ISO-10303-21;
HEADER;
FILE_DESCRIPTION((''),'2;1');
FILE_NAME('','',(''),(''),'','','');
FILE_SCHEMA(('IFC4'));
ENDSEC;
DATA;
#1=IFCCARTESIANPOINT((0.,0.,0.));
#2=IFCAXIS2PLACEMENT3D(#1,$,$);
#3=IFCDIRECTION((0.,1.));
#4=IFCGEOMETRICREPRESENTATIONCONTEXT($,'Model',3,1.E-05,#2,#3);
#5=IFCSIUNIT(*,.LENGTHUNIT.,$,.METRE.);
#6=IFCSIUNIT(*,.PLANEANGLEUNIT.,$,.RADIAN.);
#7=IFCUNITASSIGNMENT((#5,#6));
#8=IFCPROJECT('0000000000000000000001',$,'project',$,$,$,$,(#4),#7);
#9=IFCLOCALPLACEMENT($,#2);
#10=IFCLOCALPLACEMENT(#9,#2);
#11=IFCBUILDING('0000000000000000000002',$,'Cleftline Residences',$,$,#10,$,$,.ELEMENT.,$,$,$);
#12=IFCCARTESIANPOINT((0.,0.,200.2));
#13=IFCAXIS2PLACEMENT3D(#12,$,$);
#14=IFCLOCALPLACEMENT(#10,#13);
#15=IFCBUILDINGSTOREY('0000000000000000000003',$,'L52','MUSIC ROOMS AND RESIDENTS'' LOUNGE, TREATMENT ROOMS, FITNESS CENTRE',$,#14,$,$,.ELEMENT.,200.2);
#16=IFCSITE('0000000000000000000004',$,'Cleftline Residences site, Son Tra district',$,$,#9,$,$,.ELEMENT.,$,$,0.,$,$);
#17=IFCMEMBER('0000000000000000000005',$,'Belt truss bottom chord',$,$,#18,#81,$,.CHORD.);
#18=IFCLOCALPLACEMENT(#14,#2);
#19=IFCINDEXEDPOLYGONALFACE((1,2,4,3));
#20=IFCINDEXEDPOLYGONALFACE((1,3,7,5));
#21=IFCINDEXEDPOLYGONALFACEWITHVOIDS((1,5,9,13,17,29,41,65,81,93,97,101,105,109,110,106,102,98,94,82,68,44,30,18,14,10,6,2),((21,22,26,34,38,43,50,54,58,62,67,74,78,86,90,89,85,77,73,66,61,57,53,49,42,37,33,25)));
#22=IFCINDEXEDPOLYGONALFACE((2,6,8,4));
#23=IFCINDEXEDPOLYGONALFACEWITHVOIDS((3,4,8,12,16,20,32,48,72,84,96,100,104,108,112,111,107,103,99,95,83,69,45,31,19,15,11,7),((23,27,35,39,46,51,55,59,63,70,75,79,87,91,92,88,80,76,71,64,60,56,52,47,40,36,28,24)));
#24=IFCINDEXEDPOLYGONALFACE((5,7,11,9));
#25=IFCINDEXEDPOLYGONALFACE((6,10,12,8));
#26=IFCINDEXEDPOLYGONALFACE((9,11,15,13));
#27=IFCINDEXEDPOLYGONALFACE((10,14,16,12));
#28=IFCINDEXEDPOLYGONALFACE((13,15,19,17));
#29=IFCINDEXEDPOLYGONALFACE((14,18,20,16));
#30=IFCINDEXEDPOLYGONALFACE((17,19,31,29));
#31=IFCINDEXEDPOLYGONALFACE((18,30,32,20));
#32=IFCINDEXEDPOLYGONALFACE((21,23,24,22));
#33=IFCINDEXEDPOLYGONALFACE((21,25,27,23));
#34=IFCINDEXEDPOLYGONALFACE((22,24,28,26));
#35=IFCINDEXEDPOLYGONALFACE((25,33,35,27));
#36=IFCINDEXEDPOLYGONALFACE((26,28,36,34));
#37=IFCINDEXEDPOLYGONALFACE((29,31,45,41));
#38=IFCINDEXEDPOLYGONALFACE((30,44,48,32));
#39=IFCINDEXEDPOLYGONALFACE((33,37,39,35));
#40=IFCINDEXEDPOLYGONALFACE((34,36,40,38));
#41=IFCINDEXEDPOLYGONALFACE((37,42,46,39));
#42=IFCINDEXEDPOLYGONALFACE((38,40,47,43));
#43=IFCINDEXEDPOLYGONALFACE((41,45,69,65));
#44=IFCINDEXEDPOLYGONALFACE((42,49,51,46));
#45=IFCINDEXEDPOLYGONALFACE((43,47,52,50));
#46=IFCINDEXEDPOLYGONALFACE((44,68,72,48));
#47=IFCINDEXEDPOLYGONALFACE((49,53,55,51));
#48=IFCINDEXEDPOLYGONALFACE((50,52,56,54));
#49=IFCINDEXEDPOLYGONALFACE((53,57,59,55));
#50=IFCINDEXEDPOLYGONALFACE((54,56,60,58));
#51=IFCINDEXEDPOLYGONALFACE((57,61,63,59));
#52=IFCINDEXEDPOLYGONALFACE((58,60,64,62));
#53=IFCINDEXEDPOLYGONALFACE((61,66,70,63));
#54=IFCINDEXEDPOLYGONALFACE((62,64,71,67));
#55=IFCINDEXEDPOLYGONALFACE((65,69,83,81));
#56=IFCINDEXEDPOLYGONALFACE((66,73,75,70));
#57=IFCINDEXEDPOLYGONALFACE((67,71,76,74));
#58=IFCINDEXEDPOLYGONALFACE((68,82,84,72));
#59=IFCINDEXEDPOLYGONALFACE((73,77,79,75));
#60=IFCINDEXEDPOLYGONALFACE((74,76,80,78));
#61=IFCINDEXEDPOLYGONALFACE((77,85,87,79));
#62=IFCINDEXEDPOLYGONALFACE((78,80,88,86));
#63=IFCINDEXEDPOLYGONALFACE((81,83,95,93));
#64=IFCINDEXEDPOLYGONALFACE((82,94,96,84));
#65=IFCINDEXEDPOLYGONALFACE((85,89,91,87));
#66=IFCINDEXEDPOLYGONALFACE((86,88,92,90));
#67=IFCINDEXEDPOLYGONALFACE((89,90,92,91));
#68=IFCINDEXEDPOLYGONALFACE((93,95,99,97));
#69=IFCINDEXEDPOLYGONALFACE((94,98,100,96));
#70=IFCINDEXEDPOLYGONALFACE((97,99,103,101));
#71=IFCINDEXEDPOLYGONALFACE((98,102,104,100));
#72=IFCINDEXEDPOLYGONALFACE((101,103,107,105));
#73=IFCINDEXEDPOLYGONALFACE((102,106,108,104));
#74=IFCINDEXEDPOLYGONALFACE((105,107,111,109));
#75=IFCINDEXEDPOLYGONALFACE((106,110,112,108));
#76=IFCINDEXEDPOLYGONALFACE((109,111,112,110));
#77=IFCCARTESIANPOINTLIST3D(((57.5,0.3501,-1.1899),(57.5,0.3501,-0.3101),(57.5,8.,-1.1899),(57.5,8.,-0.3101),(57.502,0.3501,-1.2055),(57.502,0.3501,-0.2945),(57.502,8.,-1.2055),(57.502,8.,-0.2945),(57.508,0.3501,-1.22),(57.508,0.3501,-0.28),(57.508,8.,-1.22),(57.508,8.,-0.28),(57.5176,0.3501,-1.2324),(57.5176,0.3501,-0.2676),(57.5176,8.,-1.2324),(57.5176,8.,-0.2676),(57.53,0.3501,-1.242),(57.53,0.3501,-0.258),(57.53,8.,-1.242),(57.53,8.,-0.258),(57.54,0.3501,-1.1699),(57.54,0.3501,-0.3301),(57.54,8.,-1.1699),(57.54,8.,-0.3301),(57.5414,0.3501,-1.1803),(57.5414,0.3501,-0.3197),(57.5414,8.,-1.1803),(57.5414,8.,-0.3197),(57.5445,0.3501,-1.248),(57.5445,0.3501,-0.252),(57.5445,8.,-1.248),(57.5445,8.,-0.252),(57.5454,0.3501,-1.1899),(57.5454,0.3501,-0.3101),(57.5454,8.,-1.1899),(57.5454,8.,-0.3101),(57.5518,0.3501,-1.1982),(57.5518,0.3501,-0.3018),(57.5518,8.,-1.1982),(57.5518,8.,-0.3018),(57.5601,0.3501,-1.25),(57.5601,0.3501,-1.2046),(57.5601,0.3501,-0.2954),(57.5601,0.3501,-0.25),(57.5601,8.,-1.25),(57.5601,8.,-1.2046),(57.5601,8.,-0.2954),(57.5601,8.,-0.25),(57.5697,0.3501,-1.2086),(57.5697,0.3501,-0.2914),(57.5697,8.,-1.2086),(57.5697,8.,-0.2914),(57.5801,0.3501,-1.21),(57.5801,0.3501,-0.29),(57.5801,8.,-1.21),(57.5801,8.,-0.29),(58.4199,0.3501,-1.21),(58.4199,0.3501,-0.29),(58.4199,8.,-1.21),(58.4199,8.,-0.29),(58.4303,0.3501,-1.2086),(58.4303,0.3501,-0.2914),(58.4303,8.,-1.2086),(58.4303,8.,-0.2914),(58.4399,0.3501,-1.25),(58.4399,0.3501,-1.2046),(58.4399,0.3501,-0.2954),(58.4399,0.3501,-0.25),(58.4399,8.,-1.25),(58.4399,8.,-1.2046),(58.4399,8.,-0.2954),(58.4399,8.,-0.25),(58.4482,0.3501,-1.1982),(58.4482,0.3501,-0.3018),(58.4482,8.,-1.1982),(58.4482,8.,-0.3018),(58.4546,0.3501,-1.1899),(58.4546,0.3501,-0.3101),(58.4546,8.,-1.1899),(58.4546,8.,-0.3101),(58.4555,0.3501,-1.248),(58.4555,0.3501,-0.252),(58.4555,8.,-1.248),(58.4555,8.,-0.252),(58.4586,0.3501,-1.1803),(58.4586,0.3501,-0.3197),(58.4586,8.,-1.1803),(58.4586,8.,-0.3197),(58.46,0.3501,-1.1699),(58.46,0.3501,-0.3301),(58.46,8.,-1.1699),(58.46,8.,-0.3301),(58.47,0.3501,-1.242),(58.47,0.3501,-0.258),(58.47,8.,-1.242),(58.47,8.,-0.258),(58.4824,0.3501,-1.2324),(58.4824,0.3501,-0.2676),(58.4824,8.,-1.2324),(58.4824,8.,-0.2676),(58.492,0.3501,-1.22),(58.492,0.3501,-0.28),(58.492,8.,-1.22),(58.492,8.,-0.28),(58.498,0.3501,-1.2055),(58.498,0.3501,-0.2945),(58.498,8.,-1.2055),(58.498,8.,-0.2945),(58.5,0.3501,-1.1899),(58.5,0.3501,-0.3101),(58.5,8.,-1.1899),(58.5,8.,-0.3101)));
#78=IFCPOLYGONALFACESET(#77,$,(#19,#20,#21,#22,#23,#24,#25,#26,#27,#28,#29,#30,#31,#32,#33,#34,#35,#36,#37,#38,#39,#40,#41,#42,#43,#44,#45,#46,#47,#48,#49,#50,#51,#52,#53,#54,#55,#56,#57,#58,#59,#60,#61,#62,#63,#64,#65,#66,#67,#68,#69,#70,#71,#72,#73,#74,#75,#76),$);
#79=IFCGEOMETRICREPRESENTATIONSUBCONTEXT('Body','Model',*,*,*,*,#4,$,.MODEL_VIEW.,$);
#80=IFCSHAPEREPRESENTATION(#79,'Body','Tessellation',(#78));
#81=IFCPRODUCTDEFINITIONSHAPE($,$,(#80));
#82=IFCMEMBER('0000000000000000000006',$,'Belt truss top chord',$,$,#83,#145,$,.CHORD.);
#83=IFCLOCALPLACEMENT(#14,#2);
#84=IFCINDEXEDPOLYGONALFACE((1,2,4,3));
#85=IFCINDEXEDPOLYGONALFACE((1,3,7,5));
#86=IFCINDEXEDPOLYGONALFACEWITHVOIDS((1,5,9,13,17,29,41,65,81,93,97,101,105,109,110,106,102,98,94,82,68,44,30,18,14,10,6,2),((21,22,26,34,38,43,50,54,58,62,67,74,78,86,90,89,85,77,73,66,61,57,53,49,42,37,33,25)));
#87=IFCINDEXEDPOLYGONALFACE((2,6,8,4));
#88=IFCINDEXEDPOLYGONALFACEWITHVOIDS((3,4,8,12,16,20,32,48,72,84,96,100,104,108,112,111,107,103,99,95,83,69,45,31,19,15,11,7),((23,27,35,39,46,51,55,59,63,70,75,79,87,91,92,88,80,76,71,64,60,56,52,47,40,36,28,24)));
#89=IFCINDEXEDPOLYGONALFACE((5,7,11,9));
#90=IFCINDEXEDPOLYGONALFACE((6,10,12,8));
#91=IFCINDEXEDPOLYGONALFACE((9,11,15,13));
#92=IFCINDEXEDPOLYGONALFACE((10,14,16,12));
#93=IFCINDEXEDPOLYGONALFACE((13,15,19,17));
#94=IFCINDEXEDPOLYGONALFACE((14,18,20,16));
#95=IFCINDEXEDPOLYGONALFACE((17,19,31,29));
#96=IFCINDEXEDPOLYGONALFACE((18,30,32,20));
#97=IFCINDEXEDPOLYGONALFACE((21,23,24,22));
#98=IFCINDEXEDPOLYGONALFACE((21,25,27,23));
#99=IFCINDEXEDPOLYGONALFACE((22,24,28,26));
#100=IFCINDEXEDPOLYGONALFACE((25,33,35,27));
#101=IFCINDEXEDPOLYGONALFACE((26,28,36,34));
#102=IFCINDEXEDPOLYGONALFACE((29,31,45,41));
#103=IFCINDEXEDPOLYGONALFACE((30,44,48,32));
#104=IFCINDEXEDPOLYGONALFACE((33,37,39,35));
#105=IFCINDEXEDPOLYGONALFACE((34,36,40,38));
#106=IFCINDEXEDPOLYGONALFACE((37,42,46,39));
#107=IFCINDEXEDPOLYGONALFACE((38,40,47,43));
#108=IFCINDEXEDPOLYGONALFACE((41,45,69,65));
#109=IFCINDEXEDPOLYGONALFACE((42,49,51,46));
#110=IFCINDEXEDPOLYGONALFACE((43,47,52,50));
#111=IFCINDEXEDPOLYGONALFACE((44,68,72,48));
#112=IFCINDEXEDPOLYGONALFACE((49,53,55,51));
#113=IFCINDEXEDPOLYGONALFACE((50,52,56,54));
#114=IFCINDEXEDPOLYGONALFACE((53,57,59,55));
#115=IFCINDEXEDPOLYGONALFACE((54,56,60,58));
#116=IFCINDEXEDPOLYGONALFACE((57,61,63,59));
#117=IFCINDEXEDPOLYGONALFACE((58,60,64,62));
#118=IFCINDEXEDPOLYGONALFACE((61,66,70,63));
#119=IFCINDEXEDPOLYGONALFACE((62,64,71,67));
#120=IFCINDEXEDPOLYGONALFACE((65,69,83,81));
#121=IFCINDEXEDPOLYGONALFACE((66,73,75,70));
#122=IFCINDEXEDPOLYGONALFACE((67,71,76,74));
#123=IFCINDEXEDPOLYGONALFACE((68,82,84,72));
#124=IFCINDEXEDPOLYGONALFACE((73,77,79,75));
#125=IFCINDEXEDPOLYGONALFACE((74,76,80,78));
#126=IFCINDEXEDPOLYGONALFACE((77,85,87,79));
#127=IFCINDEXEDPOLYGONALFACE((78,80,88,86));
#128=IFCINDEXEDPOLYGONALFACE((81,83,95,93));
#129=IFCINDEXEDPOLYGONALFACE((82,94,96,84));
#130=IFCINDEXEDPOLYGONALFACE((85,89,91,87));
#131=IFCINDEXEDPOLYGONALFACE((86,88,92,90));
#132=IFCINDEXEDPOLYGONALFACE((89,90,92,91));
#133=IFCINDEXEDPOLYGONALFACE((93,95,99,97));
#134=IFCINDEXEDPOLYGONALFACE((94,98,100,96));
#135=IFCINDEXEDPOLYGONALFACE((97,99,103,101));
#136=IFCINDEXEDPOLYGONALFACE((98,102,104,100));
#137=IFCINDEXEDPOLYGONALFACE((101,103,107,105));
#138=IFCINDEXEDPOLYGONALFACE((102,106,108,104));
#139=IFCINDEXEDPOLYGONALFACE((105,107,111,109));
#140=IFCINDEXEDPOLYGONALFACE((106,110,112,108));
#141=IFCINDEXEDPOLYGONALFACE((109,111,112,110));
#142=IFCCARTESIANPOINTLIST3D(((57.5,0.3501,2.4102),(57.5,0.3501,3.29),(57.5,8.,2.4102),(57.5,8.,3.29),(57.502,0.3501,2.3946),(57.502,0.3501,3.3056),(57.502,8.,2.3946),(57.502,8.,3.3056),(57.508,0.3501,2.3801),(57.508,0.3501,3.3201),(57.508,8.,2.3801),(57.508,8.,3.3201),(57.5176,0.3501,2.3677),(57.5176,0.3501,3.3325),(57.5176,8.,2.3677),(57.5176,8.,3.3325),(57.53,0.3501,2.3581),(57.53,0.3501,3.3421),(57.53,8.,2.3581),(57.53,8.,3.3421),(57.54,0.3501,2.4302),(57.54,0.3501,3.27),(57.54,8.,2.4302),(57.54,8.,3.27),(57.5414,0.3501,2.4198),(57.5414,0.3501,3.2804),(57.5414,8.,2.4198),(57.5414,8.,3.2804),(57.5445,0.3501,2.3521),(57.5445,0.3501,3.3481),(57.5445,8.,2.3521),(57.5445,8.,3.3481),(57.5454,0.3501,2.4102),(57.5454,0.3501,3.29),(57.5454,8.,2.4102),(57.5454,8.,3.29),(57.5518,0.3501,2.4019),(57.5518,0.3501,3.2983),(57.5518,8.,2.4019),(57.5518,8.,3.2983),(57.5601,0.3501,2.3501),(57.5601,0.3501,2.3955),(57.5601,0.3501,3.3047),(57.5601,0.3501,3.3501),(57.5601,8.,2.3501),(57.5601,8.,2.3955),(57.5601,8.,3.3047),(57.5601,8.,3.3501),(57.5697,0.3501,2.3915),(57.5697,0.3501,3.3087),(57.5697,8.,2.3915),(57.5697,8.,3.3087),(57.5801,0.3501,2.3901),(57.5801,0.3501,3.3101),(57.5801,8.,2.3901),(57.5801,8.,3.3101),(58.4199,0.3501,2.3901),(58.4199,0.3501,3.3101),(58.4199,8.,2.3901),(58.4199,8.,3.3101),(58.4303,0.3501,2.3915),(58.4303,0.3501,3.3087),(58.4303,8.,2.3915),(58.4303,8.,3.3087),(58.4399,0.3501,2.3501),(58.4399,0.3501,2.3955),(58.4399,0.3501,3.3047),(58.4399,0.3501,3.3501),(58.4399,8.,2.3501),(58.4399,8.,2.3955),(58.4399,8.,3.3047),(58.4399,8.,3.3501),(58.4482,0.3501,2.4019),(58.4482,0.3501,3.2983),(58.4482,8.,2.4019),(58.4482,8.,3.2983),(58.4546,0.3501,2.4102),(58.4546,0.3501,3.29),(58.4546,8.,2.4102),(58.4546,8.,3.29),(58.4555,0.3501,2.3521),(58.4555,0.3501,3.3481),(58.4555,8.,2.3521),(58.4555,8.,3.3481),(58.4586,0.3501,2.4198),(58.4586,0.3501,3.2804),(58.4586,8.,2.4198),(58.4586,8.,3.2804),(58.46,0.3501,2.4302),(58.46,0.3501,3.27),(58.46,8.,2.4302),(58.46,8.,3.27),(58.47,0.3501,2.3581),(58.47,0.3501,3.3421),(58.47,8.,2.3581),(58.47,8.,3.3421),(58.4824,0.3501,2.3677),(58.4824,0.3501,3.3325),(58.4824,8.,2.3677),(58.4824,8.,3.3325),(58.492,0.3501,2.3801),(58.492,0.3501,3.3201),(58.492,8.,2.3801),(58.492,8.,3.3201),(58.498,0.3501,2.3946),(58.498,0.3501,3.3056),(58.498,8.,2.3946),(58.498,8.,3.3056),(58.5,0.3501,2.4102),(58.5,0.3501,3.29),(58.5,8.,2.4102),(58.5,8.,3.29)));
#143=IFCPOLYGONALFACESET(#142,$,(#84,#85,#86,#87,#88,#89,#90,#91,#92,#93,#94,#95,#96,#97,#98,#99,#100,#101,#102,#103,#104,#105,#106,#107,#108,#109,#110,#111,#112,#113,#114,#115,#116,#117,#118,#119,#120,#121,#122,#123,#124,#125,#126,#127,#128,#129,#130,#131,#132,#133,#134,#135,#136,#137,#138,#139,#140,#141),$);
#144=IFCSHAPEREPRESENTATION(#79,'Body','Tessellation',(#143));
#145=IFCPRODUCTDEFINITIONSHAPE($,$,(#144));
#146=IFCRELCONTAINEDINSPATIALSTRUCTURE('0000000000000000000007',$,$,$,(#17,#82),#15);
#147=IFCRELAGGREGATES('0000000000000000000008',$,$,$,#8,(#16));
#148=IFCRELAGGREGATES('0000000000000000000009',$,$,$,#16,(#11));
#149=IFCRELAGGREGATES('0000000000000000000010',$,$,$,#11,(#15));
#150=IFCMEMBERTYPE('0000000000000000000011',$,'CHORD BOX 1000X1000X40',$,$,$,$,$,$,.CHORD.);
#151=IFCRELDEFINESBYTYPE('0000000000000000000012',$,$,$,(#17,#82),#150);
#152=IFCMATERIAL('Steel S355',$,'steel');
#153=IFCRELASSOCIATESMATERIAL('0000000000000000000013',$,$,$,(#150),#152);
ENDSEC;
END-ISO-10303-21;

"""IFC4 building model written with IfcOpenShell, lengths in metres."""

from ifc_helpers import new_model, si_unit, direction, frame, origin, origin_2d, place, context, subcontext, project, spatial, hollow_rectangle, extrude, material, material_profile, profile_set, type_object, element, save


model = new_model("IFC4")

# Units and contexts
model_context = context("Model", 3, precision=1e-05, world=origin(), true_north=direction((0.0, 1.0)))
body_context = subcontext(model_context, "Body", "Model", "MODEL_VIEW")
ifc_project = project(units=[si_unit("LENGTHUNIT", "METRE"), si_unit("PLANEANGLEUNIT", "RADIAN")], contexts=[model_context])

# Site, building, storey
site_placement = place(None, origin())
site = spatial("IfcSite", under=ifc_project, at=site_placement, Name="Cleftline Residences site, Son Tra district", CompositionType="ELEMENT", RefElevation=0.0)
building_placement = place(site_placement, origin())
building = spatial("IfcBuilding", under=site, at=building_placement, Name="Cleftline Residences", CompositionType="ELEMENT")
storey_placement = place(building_placement, frame((0.0, 0.0, 200.2)))
storey = spatial("IfcBuildingStorey", under=building, at=storey_placement, Name="L52", Description="MUSIC ROOMS AND RESIDENTS' LOUNGE, TREATMENT ROOMS, FITNESS CENTRE", CompositionType="ELEMENT", Elevation=200.2)

# Members
ifc_material_1 = material(Name="Steel S355", Category="steel")
ifc_material_profile_1 = material_profile(ifc_material_1, hollow_rectangle(XDim=1.0, YDim=1.0, WallThickness=0.04, InnerFilletRadius=0.04, OuterFilletRadius=0.0601, at=origin_2d()))
ifc_profile_set_1 = profile_set([ifc_material_profile_1], Name="Steel S355")
member_type_1 = type_object("IfcMemberType", Name="CHORD BOX 1000X1000X40", PredefinedType="CHORD", material=ifc_profile_set_1)
for number, where, z_axis, x_axis, name in (
    (1, (58.0, 0.3501, -0.75), (0.0, 1.0, 0.0), (-1.0, 0.0, 0.0), "Belt truss bottom chord"),
    (2, (58.0, 0.3501, 2.8501), (0.0, 1.0, 0.0), (-1.0, 0.0, 0.0), "Belt truss top chord"),
):
    element("IfcMember", number, at=place(storey_placement, frame(where, z_axis=z_axis, x_axis=x_axis)), inside=storey, type_object=member_type_1, Name=name, PredefinedType="CHORD", context=body_context, shape_type="SweptSolid", body=[
        extrude(hollow_rectangle(XDim=1.0, YDim=1.0, WallThickness=0.04, InnerFilletRadius=0.04, OuterFilletRadius=0.0601, at=origin_2d()), origin(), (0.0, 0.0, 1.0), 7.6499),
    ])

save(model, "model.ifc")
